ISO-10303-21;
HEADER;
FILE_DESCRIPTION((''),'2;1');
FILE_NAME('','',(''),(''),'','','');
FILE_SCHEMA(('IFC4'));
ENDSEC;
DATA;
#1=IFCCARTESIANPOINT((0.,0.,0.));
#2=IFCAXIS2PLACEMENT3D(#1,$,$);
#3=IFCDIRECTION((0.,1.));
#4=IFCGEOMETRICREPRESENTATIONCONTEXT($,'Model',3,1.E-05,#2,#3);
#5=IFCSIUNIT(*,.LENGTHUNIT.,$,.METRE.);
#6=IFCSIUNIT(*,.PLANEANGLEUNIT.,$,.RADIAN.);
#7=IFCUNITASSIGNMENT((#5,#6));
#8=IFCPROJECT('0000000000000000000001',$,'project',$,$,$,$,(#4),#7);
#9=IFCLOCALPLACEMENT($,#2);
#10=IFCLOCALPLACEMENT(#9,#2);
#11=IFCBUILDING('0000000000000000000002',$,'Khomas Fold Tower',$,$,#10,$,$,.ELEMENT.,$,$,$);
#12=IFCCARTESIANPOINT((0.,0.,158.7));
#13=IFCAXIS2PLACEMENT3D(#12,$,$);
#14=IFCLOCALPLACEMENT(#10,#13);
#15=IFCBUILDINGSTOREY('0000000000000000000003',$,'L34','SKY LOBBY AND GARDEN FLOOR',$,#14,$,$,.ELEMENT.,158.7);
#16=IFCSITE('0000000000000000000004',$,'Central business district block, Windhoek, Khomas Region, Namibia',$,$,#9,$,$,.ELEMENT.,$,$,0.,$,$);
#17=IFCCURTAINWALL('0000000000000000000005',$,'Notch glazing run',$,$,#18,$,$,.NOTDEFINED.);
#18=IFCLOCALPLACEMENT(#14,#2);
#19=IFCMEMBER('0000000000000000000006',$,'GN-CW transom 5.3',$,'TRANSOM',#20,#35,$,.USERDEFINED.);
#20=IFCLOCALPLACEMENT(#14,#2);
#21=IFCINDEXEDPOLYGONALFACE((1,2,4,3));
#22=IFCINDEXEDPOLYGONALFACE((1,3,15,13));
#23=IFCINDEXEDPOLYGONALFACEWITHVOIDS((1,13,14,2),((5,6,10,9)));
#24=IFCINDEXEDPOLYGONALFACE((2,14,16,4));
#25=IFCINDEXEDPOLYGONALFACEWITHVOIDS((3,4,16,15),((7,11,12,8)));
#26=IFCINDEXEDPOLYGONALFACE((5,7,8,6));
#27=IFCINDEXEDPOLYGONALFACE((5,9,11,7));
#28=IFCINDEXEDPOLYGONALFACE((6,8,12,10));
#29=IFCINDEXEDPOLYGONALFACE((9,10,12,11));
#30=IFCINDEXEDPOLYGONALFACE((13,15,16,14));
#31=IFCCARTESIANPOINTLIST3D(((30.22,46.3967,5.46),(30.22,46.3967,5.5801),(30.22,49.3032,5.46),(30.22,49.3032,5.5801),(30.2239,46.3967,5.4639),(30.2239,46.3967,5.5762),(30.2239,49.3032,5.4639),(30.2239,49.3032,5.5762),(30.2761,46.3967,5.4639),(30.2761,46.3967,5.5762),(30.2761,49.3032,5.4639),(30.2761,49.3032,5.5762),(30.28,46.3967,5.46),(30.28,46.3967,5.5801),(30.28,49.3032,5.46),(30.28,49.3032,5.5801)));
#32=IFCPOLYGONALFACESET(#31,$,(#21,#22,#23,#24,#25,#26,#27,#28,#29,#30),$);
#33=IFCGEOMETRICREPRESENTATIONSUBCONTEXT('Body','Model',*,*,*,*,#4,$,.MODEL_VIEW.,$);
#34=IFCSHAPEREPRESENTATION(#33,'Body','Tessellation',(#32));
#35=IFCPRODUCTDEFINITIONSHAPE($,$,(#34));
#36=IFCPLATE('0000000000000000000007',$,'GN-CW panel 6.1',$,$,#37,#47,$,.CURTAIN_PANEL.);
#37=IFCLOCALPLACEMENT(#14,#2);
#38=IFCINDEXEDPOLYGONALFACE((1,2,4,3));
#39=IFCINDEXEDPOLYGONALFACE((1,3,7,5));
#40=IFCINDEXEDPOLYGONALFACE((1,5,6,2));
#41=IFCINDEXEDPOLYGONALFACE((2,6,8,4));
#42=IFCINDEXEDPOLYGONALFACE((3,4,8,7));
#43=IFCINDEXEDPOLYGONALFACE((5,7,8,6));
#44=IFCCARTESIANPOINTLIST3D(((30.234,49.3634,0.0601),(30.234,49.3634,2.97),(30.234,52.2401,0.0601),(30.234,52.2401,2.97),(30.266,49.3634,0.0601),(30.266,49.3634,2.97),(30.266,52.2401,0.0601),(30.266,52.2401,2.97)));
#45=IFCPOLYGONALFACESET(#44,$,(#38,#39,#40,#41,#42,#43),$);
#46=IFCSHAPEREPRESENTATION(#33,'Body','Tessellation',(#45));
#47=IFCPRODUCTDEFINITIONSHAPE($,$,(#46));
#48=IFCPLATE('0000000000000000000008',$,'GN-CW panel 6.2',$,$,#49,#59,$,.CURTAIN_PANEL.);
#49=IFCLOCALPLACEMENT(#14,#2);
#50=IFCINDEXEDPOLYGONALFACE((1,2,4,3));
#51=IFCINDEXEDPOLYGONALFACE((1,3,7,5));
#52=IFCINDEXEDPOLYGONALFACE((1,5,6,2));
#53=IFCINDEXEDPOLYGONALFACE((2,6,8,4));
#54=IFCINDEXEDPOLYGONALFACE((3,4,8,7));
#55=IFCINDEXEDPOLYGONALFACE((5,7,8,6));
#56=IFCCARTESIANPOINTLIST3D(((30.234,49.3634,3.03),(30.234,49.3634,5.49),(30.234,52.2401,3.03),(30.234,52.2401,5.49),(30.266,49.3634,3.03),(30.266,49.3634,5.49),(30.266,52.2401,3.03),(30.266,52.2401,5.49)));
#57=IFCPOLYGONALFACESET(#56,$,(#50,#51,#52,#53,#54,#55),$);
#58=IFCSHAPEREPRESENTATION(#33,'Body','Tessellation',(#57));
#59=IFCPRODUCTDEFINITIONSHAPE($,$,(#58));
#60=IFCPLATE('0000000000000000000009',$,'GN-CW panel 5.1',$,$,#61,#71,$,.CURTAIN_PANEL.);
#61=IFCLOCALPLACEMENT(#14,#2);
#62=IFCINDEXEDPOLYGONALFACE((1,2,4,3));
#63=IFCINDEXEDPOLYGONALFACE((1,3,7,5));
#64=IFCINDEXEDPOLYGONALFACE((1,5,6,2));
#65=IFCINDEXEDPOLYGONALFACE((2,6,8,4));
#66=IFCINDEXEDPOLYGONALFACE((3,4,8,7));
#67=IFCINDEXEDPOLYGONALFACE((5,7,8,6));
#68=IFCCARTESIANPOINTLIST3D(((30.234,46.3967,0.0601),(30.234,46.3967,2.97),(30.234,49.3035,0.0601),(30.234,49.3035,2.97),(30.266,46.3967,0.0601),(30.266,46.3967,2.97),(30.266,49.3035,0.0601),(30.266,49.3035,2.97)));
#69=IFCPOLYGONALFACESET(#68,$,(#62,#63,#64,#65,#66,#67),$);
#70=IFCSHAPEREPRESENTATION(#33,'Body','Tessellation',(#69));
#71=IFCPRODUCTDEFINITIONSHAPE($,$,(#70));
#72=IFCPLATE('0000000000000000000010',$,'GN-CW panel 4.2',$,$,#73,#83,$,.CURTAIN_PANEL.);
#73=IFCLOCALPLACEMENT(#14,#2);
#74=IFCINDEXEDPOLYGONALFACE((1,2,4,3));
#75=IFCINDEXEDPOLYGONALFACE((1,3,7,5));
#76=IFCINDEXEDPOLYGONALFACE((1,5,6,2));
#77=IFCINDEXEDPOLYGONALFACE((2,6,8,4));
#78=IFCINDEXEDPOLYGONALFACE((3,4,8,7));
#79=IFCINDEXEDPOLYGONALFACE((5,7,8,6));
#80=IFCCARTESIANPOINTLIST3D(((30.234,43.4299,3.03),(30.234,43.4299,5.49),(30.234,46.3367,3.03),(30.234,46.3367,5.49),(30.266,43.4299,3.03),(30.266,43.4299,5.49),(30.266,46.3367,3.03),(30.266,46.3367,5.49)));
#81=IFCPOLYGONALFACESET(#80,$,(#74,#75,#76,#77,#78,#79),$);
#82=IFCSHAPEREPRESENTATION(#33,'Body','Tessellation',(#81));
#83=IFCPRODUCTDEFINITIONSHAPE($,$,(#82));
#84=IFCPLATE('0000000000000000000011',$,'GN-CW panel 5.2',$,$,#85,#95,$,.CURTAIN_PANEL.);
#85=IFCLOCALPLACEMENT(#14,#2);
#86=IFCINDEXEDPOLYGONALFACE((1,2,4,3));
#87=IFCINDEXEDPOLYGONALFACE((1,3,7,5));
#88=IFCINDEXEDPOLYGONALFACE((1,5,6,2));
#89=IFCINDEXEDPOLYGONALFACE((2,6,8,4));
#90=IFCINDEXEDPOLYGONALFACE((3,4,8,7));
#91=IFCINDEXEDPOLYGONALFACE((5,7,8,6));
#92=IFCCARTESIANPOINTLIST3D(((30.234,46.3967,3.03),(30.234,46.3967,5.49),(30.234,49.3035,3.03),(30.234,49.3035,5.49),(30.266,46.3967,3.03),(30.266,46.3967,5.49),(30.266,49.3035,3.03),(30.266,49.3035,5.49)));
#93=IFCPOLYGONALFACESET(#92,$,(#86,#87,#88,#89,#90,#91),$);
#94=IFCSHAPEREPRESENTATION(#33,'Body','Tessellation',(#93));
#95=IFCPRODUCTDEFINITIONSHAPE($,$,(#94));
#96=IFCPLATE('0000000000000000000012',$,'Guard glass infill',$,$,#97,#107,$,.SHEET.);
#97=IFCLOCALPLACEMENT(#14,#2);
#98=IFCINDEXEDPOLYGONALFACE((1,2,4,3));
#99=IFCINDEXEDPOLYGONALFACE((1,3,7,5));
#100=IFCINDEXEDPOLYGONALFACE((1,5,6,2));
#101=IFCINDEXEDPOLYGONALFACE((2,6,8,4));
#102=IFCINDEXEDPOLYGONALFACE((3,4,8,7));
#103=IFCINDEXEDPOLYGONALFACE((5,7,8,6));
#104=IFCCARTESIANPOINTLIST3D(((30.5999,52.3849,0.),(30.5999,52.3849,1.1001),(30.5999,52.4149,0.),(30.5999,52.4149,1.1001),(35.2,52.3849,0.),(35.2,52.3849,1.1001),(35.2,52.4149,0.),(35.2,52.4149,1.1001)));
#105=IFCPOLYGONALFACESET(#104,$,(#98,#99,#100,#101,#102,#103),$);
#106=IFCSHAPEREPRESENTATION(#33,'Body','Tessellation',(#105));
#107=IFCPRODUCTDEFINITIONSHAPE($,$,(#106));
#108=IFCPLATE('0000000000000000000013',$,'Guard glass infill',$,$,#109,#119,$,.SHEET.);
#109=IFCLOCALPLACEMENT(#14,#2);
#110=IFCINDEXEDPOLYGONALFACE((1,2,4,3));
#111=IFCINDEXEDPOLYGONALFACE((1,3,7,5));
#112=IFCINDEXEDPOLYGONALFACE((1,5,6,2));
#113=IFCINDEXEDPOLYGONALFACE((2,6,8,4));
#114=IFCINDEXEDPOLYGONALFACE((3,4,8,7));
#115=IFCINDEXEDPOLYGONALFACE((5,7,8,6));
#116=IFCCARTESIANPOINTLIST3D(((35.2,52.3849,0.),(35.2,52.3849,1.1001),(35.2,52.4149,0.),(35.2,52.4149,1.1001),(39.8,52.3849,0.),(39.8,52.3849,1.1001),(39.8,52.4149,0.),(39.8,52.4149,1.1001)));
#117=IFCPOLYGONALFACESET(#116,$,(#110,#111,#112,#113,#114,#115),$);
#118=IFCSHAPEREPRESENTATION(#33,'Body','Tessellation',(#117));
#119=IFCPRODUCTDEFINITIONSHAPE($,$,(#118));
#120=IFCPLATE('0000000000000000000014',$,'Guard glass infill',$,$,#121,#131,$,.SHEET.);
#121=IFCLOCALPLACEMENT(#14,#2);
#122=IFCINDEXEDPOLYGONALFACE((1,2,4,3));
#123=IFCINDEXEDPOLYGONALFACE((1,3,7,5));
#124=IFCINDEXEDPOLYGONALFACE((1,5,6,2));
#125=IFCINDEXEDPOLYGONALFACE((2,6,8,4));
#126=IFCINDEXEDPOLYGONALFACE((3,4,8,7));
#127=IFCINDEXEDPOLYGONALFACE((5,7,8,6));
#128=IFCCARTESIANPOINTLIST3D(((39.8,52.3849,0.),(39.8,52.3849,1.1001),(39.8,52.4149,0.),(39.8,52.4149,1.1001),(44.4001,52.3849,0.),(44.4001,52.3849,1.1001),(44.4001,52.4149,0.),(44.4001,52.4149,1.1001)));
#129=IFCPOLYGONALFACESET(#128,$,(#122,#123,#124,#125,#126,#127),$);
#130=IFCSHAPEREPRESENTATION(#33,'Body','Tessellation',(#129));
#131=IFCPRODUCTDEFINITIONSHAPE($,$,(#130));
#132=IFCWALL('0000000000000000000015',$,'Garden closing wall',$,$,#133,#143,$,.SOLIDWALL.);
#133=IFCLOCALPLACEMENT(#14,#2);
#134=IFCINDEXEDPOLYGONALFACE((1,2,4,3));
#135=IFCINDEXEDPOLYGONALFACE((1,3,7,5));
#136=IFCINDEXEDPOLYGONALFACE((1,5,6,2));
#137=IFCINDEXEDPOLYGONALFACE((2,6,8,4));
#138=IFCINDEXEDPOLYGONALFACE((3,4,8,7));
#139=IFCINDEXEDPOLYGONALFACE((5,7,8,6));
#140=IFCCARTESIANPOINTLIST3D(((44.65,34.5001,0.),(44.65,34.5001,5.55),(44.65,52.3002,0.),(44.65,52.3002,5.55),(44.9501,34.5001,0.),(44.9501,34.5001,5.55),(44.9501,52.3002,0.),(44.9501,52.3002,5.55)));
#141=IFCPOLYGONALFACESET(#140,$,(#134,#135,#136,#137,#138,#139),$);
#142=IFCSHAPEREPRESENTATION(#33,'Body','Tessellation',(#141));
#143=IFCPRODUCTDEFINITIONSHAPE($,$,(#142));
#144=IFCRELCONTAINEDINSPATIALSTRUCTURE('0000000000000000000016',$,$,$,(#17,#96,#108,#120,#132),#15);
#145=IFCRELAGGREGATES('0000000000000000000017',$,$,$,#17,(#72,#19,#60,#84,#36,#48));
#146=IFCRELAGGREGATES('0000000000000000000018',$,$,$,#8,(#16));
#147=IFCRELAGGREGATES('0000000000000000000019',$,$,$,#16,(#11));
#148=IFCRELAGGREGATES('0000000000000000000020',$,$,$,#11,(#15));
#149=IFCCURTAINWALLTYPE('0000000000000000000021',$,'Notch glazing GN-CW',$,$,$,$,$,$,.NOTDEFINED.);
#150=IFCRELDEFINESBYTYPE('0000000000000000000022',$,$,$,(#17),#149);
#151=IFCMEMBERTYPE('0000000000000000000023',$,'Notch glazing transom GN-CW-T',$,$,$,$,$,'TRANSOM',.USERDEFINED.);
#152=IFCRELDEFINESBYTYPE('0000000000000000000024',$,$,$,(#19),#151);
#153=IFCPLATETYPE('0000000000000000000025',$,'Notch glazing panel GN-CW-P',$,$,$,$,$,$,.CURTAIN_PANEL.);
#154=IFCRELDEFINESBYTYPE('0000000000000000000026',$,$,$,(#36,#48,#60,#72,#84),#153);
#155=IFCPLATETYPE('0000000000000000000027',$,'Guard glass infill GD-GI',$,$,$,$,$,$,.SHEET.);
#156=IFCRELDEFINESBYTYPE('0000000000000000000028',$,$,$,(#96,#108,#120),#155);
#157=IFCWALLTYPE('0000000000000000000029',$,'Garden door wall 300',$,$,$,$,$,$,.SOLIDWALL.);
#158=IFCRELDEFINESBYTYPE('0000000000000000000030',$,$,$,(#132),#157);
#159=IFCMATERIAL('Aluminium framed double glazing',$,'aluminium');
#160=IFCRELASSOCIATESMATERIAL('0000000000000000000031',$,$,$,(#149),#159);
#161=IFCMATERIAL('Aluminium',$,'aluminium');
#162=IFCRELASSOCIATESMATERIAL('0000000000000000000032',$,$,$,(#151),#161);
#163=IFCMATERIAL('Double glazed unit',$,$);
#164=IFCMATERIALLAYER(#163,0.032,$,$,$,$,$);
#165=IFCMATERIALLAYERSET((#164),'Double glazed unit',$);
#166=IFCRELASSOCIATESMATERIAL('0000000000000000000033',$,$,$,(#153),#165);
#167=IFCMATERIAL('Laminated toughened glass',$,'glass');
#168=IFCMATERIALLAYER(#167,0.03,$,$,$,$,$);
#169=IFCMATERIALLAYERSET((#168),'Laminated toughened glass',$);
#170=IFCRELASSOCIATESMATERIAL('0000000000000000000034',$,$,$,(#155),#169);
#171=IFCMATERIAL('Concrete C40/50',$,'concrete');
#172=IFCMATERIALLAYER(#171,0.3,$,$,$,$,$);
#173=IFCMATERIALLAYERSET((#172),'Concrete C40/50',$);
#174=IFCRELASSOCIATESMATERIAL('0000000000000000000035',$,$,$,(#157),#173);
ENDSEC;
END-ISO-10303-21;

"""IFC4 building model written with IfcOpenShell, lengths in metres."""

from ifc_helpers import new_model, si_unit, direction, frame, frame_2d, origin, origin_2d, place, context, subcontext, project, spatial, rectangle, hollow_rectangle, extrude, source, transform, mapped, material, layer, layer_set, material_profile, profile_set, type_object, element, aggregate, save


model = new_model("IFC4")

# Units and contexts
model_context = context("Model", 3, precision=1e-05, world=origin(), true_north=direction((0.0, 1.0)))
body_context = subcontext(model_context, "Body", "Model", "MODEL_VIEW")
ifc_project = project(units=[si_unit("LENGTHUNIT", "METRE"), si_unit("PLANEANGLEUNIT", "RADIAN")], contexts=[model_context])

# Site, building, storey
site_placement = place(None, origin())
site = spatial("IfcSite", under=ifc_project, at=site_placement, Name="Central business district block, Windhoek, Khomas Region, Namibia", CompositionType="ELEMENT", RefElevation=0.0)
building_placement = place(site_placement, origin())
building = spatial("IfcBuilding", under=site, at=building_placement, Name="Khomas Fold Tower", CompositionType="ELEMENT")
storey_placement = place(building_placement, frame((0.0, 0.0, 158.7)))
storey = spatial("IfcBuildingStorey", under=building, at=storey_placement, Name="L34", Description="SKY LOBBY AND GARDEN FLOOR", CompositionType="ELEMENT", Elevation=158.7)

# Curtain wall, member, plates
ifc_material_1 = material(Name="Aluminium framed double glazing", Category="aluminium")
curtain_wall_type_1 = type_object("IfcCurtainWallType", Name="Notch glazing GN-CW", PredefinedType="NOTDEFINED", material=ifc_material_1)
curtain_wall_1_placement = place(storey_placement, origin())
curtain_wall_1 = element("IfcCurtainWall", 1, at=curtain_wall_1_placement, inside=storey, type_object=curtain_wall_type_1, Name="Notch glazing run", PredefinedType="NOTDEFINED")
ifc_material_2 = material(Name="Aluminium", Category="aluminium")
ifc_material_profile_1 = material_profile(ifc_material_2, hollow_rectangle(XDim=0.0601, YDim=0.1201, WallThickness=0.0039, at=origin_2d()), Name="Notch glazing transom GN-CW-T")
ifc_profile_set_1 = profile_set([ifc_material_profile_1], Name="Aluminium")
member_type_1 = type_object("IfcMemberType", Name="Notch glazing transom GN-CW-T", ElementType="TRANSOM", PredefinedType="USERDEFINED", material=ifc_profile_set_1)
shared_shape_1 = source(origin(), body_context, "Body", "SweptSolid", [
    extrude(hollow_rectangle(XDim=0.0601, YDim=0.1201, WallThickness=0.0039, at=origin_2d()), origin(), (0.0, 0.0, 1.0), 2.9065),
])
member_1_placement = place(storey_placement, frame((30.25, 46.3967, 5.52), z_axis=(0.0, 1.0, 0.0), x_axis=(-1.0, 0.0, 0.0)))
member_1 = element("IfcMember", 2, at=member_1_placement, type_object=member_type_1, Name="GN-CW transom 5.3", ObjectType="TRANSOM", PredefinedType="USERDEFINED", context=body_context, shape_type="MappedRepresentation", body=[
    mapped(shared_shape_1, transform((0.0, 0.0, 0.0))),
])
ifc_material_3 = material(Name="Double glazed unit")
ifc_layer_1 = layer(ifc_material_3, 0.032)
ifc_layer_set_1 = layer_set([ifc_layer_1], Name="Double glazed unit")
plate_type_1 = type_object("IfcPlateType", Name="Notch glazing panel GN-CW-P", PredefinedType="CURTAIN_PANEL", material=ifc_layer_set_1)
shared_shape_2 = source(origin(), body_context, "Body", "SweptSolid", [
    extrude(rectangle(XDim=2.8767, YDim=0.032, at=origin_2d()), origin(), (0.0, 0.0, 1.0), 2.9099),
])
plate_1_placement = place(storey_placement, frame((30.25, 50.8018, 0.0601), z_axis=(0.0, 0.0, 1.0), x_axis=(0.0, 1.0, 0.0)))
plate_1 = element("IfcPlate", 3, at=plate_1_placement, type_object=plate_type_1, Name="GN-CW panel 6.1", PredefinedType="CURTAIN_PANEL", context=body_context, shape_type="MappedRepresentation", body=[
    mapped(shared_shape_2, transform((0.0, 0.0, 0.0))),
])
shared_shape_3 = source(origin(), body_context, "Body", "SweptSolid", [
    extrude(rectangle(XDim=2.8767, YDim=0.032, at=origin_2d()), origin(), (0.0, 0.0, 1.0), 2.46),
])
plate_2_placement = place(storey_placement, frame((30.25, 50.8018, 3.03), z_axis=(0.0, 0.0, 1.0), x_axis=(0.0, 1.0, 0.0)))
plate_2 = element("IfcPlate", 4, at=plate_2_placement, type_object=plate_type_1, Name="GN-CW panel 6.2", PredefinedType="CURTAIN_PANEL", context=body_context, shape_type="MappedRepresentation", body=[
    mapped(shared_shape_3, transform((0.0, 0.0, 0.0))),
])
shared_shape_4 = source(origin(), body_context, "Body", "SweptSolid", [
    extrude(rectangle(XDim=2.9067, YDim=0.032, at=origin_2d()), origin(), (0.0, 0.0, 1.0), 2.9099),
])
plate_3_placement = place(storey_placement, frame((30.25, 47.8501, 0.0601), z_axis=(0.0, 0.0, 1.0), x_axis=(0.0, 1.0, 0.0)))
plate_3 = element("IfcPlate", 5, at=plate_3_placement, type_object=plate_type_1, Name="GN-CW panel 5.1", PredefinedType="CURTAIN_PANEL", context=body_context, shape_type="MappedRepresentation", body=[
    mapped(shared_shape_4, transform((0.0, 0.0, 0.0))),
])
shared_shape_5 = source(origin(), body_context, "Body", "SweptSolid", [
    extrude(rectangle(XDim=2.9067, YDim=0.032, at=origin_2d()), origin(), (0.0, 0.0, 1.0), 2.46),
])
plate_4_placement = place(storey_placement, frame((30.25, 44.8833, 3.03), z_axis=(0.0, 0.0, 1.0), x_axis=(0.0, 1.0, 0.0)))
plate_4 = element("IfcPlate", 6, at=plate_4_placement, type_object=plate_type_1, Name="GN-CW panel 4.2", PredefinedType="CURTAIN_PANEL", context=body_context, shape_type="MappedRepresentation", body=[
    mapped(shared_shape_5, transform((0.0, 0.0, 0.0))),
])
plate_5_placement = place(storey_placement, frame((30.25, 47.8501, 3.03), z_axis=(0.0, 0.0, 1.0), x_axis=(0.0, 1.0, 0.0)))
plate_5 = element("IfcPlate", 7, at=plate_5_placement, type_object=plate_type_1, Name="GN-CW panel 5.2", PredefinedType="CURTAIN_PANEL", context=body_context, shape_type="MappedRepresentation", body=[
    mapped(shared_shape_5, transform((0.0, 0.0, 0.0))),
])
aggregate(curtain_wall_1, [plate_4, member_1, plate_3, plate_5, plate_1, plate_2])

# Plates
ifc_material_4 = material(Name="Laminated toughened glass", Category="glass")
ifc_layer_2 = layer(ifc_material_4, 0.03)
ifc_layer_set_2 = layer_set([ifc_layer_2], Name="Laminated toughened glass")
plate_type_2 = type_object("IfcPlateType", Name="Guard glass infill GD-GI", PredefinedType="SHEET", material=ifc_layer_set_2)
shared_shape_6 = source(origin(), body_context, "Body", "SweptSolid", [
    extrude(rectangle(XDim=4.6001, YDim=0.03, at=origin_2d()), origin(), (0.0, 0.0, 1.0), 1.1001),
])
for number, where, z_axis, x_axis, name in (
    (8, (32.8999, 52.3999, 0.0), (0.0, 0.0, 1.0), (1.0, 0.0, 0.0), "Guard glass infill"),
    (9, (37.5, 52.3999, 0.0), (0.0, 0.0, 1.0), (1.0, 0.0, 0.0), "Guard glass infill"),
    (10, (42.1001, 52.3999, 0.0), (0.0, 0.0, 1.0), (1.0, 0.0, 0.0), "Guard glass infill"),
):
    element("IfcPlate", number, at=place(storey_placement, frame(where, z_axis=z_axis, x_axis=x_axis)), inside=storey, type_object=plate_type_2, Name=name, PredefinedType="SHEET", context=body_context, shape_type="MappedRepresentation", body=[
        mapped(shared_shape_6, transform((0.0, 0.0, 0.0))),
    ])

# Wall
ifc_material_5 = material(Name="Concrete C40/50", Category="concrete")
ifc_layer_3 = layer(ifc_material_5, 0.3)
ifc_layer_set_3 = layer_set([ifc_layer_3], Name="Concrete C40/50")
wall_type = type_object("IfcWallType", Name="Garden door wall 300", PredefinedType="SOLIDWALL", material=ifc_layer_set_3)
shared_shape_7 = source(origin(), body_context, "Body", "SweptSolid", [
    extrude(rectangle(XDim=17.8, YDim=0.3, at=frame_2d((8.8999, 0.0))), origin(), (0.0, 0.0, 1.0), 5.55),
])
wall_placement = place(storey_placement, frame((44.8, 52.3, 0.0), z_axis=(0.0, 0.0, 1.0), x_axis=(0.0, -1.0, 0.0)))
element("IfcWall", 11, at=wall_placement, inside=storey, type_object=wall_type, Name="Garden closing wall", PredefinedType="SOLIDWALL", context=body_context, shape_type="MappedRepresentation", body=[
    mapped(shared_shape_7, transform((0.0, 0.0, 0.0))),
])

save(model, "model.ifc")
